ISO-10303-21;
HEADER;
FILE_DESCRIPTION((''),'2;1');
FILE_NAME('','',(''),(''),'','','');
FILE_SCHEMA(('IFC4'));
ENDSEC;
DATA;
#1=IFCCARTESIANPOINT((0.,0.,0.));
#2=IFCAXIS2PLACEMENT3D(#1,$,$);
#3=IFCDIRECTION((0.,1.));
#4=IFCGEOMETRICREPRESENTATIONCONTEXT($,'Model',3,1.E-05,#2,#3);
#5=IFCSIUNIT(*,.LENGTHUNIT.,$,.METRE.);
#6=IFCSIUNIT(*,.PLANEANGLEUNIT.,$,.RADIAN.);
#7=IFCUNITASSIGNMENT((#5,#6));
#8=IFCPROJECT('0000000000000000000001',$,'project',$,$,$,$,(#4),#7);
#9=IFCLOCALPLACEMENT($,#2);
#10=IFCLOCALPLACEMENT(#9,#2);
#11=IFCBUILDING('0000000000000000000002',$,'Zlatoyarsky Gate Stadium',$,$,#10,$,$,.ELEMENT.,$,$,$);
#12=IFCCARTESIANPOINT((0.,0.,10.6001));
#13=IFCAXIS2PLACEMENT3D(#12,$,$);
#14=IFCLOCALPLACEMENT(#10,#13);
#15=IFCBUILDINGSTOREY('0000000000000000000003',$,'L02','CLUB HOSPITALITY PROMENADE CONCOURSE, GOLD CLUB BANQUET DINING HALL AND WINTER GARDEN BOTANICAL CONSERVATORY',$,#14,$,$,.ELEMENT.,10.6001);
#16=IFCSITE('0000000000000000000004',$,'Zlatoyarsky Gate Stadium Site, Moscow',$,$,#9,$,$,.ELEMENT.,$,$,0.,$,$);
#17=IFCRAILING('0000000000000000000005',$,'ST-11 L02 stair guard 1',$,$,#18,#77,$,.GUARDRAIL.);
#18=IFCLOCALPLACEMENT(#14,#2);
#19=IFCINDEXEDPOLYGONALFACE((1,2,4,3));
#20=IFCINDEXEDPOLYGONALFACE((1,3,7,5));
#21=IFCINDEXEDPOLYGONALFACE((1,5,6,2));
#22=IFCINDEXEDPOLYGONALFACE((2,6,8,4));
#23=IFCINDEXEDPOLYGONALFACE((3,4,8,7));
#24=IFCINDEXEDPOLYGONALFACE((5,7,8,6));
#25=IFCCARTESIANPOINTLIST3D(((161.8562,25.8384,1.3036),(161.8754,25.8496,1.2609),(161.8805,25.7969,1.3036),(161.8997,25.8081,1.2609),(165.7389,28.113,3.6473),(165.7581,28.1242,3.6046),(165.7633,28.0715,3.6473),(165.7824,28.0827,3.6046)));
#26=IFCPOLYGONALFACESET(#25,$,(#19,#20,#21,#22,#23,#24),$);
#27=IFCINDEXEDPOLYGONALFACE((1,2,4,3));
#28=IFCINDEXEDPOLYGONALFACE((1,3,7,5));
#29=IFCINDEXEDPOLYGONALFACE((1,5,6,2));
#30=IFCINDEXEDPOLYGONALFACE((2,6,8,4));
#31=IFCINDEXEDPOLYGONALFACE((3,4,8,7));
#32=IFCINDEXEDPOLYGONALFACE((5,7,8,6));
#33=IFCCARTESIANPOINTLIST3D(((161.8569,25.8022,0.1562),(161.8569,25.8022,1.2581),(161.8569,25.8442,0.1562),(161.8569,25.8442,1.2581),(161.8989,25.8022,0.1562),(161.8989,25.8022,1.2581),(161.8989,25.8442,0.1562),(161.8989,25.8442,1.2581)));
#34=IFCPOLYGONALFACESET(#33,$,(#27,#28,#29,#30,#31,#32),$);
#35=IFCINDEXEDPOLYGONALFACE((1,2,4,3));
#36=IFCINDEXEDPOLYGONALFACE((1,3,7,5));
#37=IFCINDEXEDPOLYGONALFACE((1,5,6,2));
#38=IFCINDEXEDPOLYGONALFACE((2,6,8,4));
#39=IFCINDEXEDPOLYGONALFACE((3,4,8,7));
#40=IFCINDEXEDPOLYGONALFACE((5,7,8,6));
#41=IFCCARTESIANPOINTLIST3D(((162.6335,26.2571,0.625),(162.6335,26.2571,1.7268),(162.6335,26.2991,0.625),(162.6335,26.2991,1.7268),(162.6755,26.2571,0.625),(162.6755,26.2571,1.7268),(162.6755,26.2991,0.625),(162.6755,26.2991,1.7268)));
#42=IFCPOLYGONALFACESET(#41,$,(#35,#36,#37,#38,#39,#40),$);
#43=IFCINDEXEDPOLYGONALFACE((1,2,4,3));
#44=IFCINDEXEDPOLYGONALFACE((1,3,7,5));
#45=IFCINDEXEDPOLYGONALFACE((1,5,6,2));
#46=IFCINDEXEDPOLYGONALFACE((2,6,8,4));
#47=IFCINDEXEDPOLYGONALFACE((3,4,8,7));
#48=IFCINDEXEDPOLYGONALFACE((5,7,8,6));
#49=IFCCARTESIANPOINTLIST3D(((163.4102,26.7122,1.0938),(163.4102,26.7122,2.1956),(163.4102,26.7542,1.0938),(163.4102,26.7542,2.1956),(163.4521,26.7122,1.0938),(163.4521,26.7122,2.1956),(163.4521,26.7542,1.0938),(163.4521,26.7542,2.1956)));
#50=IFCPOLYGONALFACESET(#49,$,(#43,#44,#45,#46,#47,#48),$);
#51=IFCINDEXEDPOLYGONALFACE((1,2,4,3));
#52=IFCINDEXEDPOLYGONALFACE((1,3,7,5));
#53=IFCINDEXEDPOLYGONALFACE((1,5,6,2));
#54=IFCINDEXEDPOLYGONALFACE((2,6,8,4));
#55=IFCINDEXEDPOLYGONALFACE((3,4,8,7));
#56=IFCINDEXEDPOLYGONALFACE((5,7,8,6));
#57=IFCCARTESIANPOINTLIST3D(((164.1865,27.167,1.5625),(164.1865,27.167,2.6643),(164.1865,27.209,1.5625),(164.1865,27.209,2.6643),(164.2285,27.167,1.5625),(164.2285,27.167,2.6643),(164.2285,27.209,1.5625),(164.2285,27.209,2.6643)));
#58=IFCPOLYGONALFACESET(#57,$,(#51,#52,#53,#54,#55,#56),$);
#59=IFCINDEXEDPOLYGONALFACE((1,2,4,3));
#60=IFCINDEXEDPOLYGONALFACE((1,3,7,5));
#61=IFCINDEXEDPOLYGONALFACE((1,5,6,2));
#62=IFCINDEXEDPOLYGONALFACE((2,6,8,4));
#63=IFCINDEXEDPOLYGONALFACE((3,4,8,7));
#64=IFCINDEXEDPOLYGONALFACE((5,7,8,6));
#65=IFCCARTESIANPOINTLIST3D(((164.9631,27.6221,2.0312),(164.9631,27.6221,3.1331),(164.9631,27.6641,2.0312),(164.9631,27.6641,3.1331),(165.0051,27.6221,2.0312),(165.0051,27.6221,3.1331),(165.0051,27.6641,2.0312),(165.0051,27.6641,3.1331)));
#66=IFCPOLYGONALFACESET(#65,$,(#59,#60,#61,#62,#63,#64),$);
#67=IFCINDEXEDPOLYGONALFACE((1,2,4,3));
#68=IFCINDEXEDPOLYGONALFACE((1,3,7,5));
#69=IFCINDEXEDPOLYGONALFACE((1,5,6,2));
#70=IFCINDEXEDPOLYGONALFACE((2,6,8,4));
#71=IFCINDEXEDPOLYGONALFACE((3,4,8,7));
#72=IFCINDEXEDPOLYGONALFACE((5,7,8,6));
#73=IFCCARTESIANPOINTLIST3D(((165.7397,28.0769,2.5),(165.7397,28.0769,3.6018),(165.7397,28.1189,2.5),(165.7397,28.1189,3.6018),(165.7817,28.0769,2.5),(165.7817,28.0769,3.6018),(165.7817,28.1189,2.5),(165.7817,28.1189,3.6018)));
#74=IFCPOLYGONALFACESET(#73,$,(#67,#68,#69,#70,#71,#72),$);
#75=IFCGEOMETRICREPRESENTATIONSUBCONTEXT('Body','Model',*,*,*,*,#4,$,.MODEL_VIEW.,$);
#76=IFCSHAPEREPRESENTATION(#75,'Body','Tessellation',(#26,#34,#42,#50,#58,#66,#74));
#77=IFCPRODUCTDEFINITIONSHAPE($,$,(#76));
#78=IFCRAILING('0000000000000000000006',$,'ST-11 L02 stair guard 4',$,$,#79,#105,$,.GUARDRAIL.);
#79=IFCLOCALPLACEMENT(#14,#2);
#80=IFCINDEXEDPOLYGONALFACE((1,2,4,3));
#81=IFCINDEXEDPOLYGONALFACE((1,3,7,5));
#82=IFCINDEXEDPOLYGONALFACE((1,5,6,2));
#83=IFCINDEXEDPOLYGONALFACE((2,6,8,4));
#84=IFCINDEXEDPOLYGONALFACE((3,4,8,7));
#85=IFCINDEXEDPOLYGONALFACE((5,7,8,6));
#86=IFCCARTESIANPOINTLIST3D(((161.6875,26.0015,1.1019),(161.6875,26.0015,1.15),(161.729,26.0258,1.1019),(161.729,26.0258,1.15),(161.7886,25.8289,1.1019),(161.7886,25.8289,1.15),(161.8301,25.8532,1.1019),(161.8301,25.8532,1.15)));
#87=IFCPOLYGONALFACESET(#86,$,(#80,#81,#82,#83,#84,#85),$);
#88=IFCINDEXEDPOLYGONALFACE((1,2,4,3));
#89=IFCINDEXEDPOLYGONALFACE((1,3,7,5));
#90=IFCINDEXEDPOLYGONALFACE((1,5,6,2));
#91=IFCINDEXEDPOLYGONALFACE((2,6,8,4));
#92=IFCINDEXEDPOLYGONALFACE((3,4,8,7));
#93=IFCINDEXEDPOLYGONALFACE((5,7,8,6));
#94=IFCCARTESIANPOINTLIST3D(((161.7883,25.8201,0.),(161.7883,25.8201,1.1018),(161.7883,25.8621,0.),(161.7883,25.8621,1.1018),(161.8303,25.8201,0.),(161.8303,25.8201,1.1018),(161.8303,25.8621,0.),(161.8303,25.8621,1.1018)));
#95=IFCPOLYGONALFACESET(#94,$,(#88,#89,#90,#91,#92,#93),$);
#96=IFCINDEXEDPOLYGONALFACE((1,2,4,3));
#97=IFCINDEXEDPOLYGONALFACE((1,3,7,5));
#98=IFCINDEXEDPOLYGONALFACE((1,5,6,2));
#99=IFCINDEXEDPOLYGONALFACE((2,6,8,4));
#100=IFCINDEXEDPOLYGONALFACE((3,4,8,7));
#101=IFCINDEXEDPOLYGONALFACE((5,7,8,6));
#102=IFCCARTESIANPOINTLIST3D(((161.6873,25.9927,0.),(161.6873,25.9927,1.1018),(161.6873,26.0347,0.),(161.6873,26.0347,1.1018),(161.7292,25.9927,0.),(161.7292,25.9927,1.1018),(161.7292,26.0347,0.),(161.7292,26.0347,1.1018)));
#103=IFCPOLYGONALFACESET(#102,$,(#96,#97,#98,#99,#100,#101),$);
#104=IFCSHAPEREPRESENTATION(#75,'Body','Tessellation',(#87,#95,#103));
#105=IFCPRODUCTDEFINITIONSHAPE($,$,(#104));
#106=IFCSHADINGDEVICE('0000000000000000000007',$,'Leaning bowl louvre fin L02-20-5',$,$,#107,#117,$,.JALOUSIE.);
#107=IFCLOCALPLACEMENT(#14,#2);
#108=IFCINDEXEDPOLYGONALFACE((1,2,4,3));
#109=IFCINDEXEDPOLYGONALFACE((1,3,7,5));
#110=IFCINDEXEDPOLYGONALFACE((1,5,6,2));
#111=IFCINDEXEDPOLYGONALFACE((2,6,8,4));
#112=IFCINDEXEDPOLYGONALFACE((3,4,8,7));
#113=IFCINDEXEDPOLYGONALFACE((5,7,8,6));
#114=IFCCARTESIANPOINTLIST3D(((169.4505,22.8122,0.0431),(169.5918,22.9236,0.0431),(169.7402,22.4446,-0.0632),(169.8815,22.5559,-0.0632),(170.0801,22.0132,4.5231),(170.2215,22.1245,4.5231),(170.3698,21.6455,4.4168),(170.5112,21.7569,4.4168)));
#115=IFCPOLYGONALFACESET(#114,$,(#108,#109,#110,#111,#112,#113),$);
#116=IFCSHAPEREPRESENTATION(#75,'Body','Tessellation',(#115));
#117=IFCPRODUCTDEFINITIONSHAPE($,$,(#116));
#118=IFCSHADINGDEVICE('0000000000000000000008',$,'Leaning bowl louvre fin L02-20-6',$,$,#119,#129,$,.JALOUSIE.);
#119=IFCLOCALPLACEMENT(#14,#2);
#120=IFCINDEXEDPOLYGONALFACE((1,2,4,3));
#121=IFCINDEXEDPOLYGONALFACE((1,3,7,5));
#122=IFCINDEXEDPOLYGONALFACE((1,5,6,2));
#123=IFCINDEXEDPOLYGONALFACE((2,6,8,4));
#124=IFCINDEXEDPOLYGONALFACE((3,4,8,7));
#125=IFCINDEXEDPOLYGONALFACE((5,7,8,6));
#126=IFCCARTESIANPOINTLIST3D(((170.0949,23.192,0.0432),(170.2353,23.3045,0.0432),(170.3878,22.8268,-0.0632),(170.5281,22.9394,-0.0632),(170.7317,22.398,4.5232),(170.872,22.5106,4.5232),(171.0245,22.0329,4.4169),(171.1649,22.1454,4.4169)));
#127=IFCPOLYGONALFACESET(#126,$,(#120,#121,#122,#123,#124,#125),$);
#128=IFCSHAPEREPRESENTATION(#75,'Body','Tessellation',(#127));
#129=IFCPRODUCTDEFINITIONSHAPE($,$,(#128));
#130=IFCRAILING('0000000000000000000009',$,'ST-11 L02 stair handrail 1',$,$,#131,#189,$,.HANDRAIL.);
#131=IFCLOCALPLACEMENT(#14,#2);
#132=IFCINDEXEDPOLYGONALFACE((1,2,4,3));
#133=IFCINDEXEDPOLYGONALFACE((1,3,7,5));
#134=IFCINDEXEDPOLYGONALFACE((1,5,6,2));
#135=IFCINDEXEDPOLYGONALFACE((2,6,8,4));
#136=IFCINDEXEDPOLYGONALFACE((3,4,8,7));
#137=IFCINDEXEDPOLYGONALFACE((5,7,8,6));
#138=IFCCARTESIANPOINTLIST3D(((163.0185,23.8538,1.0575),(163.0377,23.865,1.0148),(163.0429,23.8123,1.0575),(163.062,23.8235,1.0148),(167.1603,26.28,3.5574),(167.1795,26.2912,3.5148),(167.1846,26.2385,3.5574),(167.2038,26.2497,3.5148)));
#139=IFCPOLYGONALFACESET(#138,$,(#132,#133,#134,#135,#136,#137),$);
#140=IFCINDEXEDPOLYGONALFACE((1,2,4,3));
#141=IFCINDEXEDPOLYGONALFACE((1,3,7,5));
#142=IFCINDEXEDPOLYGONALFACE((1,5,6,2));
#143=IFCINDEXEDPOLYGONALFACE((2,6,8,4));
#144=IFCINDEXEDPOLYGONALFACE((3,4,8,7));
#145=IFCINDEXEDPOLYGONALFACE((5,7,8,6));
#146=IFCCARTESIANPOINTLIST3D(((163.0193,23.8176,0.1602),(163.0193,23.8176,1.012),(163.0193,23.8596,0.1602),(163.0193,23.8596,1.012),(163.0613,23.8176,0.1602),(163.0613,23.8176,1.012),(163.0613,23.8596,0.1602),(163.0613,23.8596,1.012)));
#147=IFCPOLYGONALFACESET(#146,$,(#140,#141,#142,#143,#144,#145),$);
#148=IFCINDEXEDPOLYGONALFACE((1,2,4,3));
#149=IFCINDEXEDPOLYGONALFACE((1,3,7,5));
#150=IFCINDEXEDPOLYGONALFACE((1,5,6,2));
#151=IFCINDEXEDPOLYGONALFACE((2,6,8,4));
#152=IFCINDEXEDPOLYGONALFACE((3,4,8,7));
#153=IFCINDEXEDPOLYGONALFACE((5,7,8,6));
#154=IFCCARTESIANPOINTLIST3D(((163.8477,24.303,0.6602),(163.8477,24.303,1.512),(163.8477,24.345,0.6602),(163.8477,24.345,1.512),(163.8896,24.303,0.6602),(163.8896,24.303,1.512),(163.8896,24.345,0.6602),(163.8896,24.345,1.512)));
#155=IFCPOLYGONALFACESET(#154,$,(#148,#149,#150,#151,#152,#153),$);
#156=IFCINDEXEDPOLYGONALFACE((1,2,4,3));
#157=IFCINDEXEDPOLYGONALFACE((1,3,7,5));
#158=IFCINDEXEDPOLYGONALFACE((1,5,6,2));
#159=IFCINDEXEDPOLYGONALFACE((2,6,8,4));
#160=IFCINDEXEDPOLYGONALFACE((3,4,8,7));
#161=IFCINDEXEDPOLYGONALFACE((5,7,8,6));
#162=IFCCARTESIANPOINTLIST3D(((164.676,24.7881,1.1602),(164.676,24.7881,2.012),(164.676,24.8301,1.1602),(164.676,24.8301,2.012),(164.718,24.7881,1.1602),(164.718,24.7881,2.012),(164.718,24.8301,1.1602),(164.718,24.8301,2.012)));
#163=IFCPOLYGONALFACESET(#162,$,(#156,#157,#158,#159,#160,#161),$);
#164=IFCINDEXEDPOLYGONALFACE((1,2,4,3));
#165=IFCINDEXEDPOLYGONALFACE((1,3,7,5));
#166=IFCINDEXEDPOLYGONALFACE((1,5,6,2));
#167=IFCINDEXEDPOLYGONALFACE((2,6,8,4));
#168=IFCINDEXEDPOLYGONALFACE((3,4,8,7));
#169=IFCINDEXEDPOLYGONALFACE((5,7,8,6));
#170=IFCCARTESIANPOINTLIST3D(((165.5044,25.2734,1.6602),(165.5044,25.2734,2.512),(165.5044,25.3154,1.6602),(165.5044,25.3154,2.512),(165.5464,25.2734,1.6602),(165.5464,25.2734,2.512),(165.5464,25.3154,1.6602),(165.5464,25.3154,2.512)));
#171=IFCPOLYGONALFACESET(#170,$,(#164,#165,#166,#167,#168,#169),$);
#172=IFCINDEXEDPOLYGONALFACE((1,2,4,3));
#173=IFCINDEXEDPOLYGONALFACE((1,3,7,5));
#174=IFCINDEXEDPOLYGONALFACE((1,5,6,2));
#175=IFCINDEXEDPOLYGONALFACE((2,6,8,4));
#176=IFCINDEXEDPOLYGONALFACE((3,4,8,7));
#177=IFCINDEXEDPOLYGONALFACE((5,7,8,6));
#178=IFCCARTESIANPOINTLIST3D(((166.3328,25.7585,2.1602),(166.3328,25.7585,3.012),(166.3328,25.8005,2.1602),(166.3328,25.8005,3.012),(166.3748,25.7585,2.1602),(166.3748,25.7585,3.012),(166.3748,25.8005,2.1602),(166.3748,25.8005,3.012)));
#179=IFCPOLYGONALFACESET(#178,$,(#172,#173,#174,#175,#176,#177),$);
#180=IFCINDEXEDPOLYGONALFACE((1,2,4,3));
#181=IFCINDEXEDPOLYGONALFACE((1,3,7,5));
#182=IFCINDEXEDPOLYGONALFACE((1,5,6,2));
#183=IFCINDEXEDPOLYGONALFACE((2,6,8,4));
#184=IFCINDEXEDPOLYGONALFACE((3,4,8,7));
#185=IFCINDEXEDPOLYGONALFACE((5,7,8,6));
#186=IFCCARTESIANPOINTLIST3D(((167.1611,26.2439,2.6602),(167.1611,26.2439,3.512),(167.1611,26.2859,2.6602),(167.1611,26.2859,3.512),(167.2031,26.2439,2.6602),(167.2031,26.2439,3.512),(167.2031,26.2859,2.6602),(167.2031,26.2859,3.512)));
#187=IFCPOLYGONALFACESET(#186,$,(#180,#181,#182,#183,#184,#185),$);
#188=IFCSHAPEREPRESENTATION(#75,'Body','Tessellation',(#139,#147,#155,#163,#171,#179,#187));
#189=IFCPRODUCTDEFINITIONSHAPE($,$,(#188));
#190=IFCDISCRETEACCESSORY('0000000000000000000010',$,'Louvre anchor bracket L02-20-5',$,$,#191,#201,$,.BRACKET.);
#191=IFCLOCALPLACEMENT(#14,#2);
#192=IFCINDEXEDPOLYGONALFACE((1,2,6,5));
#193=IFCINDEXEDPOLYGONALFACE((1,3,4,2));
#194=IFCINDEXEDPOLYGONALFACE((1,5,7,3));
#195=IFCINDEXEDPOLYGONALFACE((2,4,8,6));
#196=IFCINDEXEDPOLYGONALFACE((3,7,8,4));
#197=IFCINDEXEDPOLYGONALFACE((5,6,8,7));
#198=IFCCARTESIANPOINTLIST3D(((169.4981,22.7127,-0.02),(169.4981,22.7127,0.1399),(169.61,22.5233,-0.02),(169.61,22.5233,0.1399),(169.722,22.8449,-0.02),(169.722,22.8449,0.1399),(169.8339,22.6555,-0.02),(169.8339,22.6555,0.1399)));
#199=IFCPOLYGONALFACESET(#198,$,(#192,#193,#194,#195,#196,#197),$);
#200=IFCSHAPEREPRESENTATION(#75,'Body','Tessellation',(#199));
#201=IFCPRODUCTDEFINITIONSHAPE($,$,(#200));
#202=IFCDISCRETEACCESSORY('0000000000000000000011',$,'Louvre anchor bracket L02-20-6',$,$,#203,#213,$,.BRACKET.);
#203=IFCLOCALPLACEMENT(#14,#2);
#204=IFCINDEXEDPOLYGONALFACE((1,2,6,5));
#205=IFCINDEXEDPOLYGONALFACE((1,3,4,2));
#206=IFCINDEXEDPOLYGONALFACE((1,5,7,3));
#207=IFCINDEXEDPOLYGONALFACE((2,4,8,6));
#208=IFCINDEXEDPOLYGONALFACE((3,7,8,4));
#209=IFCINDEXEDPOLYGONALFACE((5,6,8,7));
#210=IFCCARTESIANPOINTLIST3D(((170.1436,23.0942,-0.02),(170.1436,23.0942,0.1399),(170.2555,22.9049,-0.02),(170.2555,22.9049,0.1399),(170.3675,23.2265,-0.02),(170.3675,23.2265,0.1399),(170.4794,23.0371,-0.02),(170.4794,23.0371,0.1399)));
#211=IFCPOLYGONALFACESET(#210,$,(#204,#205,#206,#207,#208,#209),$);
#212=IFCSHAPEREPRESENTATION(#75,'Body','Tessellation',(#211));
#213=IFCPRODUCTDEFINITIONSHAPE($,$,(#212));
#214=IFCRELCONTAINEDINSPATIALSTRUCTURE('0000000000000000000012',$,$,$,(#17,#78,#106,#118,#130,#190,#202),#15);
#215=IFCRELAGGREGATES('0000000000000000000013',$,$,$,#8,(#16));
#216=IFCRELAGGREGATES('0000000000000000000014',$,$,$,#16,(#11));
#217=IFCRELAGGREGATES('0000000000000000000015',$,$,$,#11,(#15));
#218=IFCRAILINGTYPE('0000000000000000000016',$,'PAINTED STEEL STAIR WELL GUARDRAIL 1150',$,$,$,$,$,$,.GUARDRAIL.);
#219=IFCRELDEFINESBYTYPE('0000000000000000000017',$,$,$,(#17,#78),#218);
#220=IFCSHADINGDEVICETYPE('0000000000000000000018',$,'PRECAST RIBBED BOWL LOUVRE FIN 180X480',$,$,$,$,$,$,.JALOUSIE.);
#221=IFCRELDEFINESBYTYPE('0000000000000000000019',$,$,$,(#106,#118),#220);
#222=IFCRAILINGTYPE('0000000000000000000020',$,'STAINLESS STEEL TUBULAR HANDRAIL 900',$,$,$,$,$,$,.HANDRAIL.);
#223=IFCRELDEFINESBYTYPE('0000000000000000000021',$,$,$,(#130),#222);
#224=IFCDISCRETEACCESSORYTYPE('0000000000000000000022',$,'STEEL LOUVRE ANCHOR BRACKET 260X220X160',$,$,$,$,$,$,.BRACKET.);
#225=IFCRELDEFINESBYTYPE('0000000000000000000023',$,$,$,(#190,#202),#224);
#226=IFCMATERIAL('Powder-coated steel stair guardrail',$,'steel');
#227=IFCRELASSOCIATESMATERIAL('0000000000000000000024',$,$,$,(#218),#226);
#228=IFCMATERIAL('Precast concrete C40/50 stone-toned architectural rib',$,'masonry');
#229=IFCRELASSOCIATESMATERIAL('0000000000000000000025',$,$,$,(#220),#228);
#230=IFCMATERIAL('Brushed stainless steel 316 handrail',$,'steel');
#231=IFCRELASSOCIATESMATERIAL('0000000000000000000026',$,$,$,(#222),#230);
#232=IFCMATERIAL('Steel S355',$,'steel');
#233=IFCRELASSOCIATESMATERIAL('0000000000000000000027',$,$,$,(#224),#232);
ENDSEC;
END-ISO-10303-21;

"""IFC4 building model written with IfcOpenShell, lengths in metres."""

from ifc_helpers import new_model, si_unit, direction, frame, origin, origin_2d, place, context, subcontext, project, spatial, rectangle, extrude, material, material_profile, profile_set, type_object, element, save


model = new_model("IFC4")

# Units and contexts
model_context = context("Model", 3, precision=1e-05, world=origin(), true_north=direction((0.0, 1.0)))
body_context = subcontext(model_context, "Body", "Model", "MODEL_VIEW")
ifc_project = project(units=[si_unit("LENGTHUNIT", "METRE"), si_unit("PLANEANGLEUNIT", "RADIAN")], contexts=[model_context])

# Site, building, storey
site_placement = place(None, origin())
site = spatial("IfcSite", under=ifc_project, at=site_placement, Name="Zlatoyarsky Gate Stadium Site, Moscow", CompositionType="ELEMENT", RefElevation=0.0)
building_placement = place(site_placement, origin())
building = spatial("IfcBuilding", under=site, at=building_placement, Name="Zlatoyarsky Gate Stadium", CompositionType="ELEMENT")
storey_placement = place(building_placement, frame((0.0, 0.0, 10.6001)))
storey = spatial("IfcBuildingStorey", under=building, at=storey_placement, Name="L02", Description="CLUB HOSPITALITY PROMENADE CONCOURSE, GOLD CLUB BANQUET DINING HALL AND WINTER GARDEN BOTANICAL CONSERVATORY", CompositionType="ELEMENT", Elevation=10.6001)

# Shared definitions
ifc_material_1 = material(Name="Steel S355", Category="steel")

# Railings
ifc_material_2 = material(Name="Powder-coated steel stair guardrail", Category="steel")
railing_type_1 = type_object("IfcRailingType", Name="PAINTED STEEL STAIR WELL GUARDRAIL 1150", PredefinedType="GUARDRAIL", material=ifc_material_2)
railing_1_placement = place(storey_placement, frame((161.8779, 25.8232, 0.1562)))
element("IfcRailing", 1, at=railing_1_placement, inside=storey, type_object=railing_type_1, Name="ST-11 L02 stair guard 1", PredefinedType="GUARDRAIL", context=body_context, shape_type="SweptSolid", body=[
    extrude(rectangle(XDim=0.0481, YDim=0.0481, at=origin_2d()), frame((0.0, 0.0, 1.126), z_axis=(0.765267, 0.448314, 0.461932), x_axis=(-0.505476, 0.862841, 0.0)), (0.0, 0.0, 1.0), 5.0737),
    extrude(rectangle(XDim=0.042, YDim=0.042, at=origin_2d()), origin(), (0.0, 0.0, 1.0), 1.1018),
    extrude(rectangle(XDim=0.042, YDim=0.042, at=origin_2d()), frame((0.7766, 0.4548, 0.4688)), (0.0, 0.0, 1.0), 1.1018),
    extrude(rectangle(XDim=0.042, YDim=0.042, at=origin_2d()), frame((1.5532, 0.9099, 0.9375)), (0.0, 0.0, 1.0), 1.1018),
    extrude(rectangle(XDim=0.042, YDim=0.042, at=origin_2d()), frame((2.3296, 1.3647, 1.4062)), (0.0, 0.0, 1.0), 1.1018),
    extrude(rectangle(XDim=0.042, YDim=0.042, at=origin_2d()), frame((3.1062, 1.8198, 1.875)), (0.0, 0.0, 1.0), 1.1018),
    extrude(rectangle(XDim=0.042, YDim=0.042, at=origin_2d()), frame((3.8828, 2.2747, 2.3438)), (0.0, 0.0, 1.0), 1.1018),
])
railing_2_placement = place(storey_placement, frame((161.8093, 25.8411, 0.0)))
element("IfcRailing", 2, at=railing_2_placement, inside=storey, type_object=railing_type_1, Name="ST-11 L02 stair guard 4", PredefinedType="GUARDRAIL", context=body_context, shape_type="SweptSolid", body=[
    extrude(rectangle(XDim=0.0481, YDim=0.0481, at=origin_2d()), frame((0.0, 0.0, 1.126), z_axis=(-0.505312, 0.862937, 0.0), x_axis=(-0.862937, -0.505312, 0.0)), (0.0, 0.0, 1.0), 0.2),
    extrude(rectangle(XDim=0.042, YDim=0.042, at=origin_2d()), origin(), (0.0, 0.0, 1.0), 1.1018),
    extrude(rectangle(XDim=0.042, YDim=0.042, at=origin_2d()), frame((-0.1011, 0.1726, 0.0)), (0.0, 0.0, 1.0), 1.1018),
])

# Shading devices
ifc_material_3 = material(Name="Precast concrete C40/50 stone-toned architectural rib", Category="masonry")
ifc_material_profile_1 = material_profile(ifc_material_3, rectangle(XDim=0.1799, YDim=0.48, at=origin_2d()), Name="RIB 180X480")
ifc_profile_set_1 = profile_set([ifc_material_profile_1], Name="Precast concrete C40/50 stone-toned architectural rib")
shading_device_type = type_object("IfcShadingDeviceType", Name="PRECAST RIBBED BOWL LOUVRE FIN 180X480", PredefinedType="JALOUSIE", material=ifc_profile_set_1)
shading_device_1_placement = place(storey_placement, frame((169.666, 22.6841, -0.01), z_axis=(0.137056, -0.173937, 0.975173), x_axis=(0.78546, 0.618913, 0.0)))
element("IfcShadingDevice", 3, at=shading_device_1_placement, inside=storey, type_object=shading_device_type, Name="Leaning bowl louvre fin L02-20-5", PredefinedType="JALOUSIE", context=body_context, shape_type="SweptSolid", body=[
    extrude(rectangle(XDim=0.1799, YDim=0.48, at=origin_2d()), origin(), (0.0, 0.0, 1.0), 4.594),
])
shading_device_2_placement = place(storey_placement, frame((170.3115, 23.0657, -0.01), z_axis=(0.138594, -0.172818, 0.975154), x_axis=(0.780119, 0.625631, 0.0)))
element("IfcShadingDevice", 4, at=shading_device_2_placement, inside=storey, type_object=shading_device_type, Name="Leaning bowl louvre fin L02-20-6", PredefinedType="JALOUSIE", context=body_context, shape_type="SweptSolid", body=[
    extrude(rectangle(XDim=0.1799, YDim=0.48, at=origin_2d()), origin(), (0.0, 0.0, 1.0), 4.5942),
])

# Railing
ifc_material_4 = material(Name="Brushed stainless steel 316 handrail", Category="steel")
railing_type_2 = type_object("IfcRailingType", Name="STAINLESS STEEL TUBULAR HANDRAIL 900", PredefinedType="HANDRAIL", material=ifc_material_4)
railing_3_placement = place(storey_placement, frame((163.0403, 23.8386, 0.1602)))
element("IfcRailing", 5, at=railing_3_placement, inside=storey, type_object=railing_type_2, Name="ST-11 L02 stair handrail 1", PredefinedType="HANDRAIL", context=body_context, shape_type="SweptSolid", body=[
    extrude(rectangle(XDim=0.0481, YDim=0.0481, at=origin_2d()), frame((0.0, 0.0, 0.876), z_axis=(0.765283, 0.448298, 0.461921), x_axis=(-0.505455, 0.862853, 0.0)), (0.0, 0.0, 1.0), 5.4121),
    extrude(rectangle(XDim=0.042, YDim=0.042, at=origin_2d()), origin(), (0.0, 0.0, 1.0), 0.8518),
    extrude(rectangle(XDim=0.042, YDim=0.042, at=origin_2d()), frame((0.8284, 0.4854, 0.5)), (0.0, 0.0, 1.0), 0.8518),
    extrude(rectangle(XDim=0.042, YDim=0.042, at=origin_2d()), frame((1.6567, 0.9705, 1.0)), (0.0, 0.0, 1.0), 0.8518),
    extrude(rectangle(XDim=0.042, YDim=0.042, at=origin_2d()), frame((2.4851, 1.4558, 1.5)), (0.0, 0.0, 1.0), 0.8518),
    extrude(rectangle(XDim=0.042, YDim=0.042, at=origin_2d()), frame((3.3135, 1.9409, 2.0)), (0.0, 0.0, 1.0), 0.8518),
    extrude(rectangle(XDim=0.042, YDim=0.042, at=origin_2d()), frame((4.1418, 2.4263, 2.5)), (0.0, 0.0, 1.0), 0.8518),
])

# Discrete accessories
discrete_accessory_type = type_object("IfcDiscreteAccessoryType", Name="STEEL LOUVRE ANCHOR BRACKET 260X220X160", PredefinedType="BRACKET", material=ifc_material_1)
for number, where, z_axis, x_axis, name in (
    (6, (169.666, 22.6841, -0.02), (0.0, 0.0, 1.0), (0.860992, 0.508619, 0.0), "Louvre anchor bracket L02-20-5"),
    (7, (170.3115, 23.0657, -0.02), (0.0, 0.0, 1.0), (0.860992, 0.508619, 0.0), "Louvre anchor bracket L02-20-6"),
):
    element("IfcDiscreteAccessory", number, at=place(storey_placement, frame(where, z_axis=z_axis, x_axis=x_axis)), inside=storey, type_object=discrete_accessory_type, Name=name, PredefinedType="BRACKET", context=body_context, shape_type="SweptSolid", body=[
        extrude(rectangle(XDim=0.26, YDim=0.22, at=origin_2d()), origin(), (0.0, 0.0, 1.0), 0.1599),
    ])

save(model, "model.ifc")
